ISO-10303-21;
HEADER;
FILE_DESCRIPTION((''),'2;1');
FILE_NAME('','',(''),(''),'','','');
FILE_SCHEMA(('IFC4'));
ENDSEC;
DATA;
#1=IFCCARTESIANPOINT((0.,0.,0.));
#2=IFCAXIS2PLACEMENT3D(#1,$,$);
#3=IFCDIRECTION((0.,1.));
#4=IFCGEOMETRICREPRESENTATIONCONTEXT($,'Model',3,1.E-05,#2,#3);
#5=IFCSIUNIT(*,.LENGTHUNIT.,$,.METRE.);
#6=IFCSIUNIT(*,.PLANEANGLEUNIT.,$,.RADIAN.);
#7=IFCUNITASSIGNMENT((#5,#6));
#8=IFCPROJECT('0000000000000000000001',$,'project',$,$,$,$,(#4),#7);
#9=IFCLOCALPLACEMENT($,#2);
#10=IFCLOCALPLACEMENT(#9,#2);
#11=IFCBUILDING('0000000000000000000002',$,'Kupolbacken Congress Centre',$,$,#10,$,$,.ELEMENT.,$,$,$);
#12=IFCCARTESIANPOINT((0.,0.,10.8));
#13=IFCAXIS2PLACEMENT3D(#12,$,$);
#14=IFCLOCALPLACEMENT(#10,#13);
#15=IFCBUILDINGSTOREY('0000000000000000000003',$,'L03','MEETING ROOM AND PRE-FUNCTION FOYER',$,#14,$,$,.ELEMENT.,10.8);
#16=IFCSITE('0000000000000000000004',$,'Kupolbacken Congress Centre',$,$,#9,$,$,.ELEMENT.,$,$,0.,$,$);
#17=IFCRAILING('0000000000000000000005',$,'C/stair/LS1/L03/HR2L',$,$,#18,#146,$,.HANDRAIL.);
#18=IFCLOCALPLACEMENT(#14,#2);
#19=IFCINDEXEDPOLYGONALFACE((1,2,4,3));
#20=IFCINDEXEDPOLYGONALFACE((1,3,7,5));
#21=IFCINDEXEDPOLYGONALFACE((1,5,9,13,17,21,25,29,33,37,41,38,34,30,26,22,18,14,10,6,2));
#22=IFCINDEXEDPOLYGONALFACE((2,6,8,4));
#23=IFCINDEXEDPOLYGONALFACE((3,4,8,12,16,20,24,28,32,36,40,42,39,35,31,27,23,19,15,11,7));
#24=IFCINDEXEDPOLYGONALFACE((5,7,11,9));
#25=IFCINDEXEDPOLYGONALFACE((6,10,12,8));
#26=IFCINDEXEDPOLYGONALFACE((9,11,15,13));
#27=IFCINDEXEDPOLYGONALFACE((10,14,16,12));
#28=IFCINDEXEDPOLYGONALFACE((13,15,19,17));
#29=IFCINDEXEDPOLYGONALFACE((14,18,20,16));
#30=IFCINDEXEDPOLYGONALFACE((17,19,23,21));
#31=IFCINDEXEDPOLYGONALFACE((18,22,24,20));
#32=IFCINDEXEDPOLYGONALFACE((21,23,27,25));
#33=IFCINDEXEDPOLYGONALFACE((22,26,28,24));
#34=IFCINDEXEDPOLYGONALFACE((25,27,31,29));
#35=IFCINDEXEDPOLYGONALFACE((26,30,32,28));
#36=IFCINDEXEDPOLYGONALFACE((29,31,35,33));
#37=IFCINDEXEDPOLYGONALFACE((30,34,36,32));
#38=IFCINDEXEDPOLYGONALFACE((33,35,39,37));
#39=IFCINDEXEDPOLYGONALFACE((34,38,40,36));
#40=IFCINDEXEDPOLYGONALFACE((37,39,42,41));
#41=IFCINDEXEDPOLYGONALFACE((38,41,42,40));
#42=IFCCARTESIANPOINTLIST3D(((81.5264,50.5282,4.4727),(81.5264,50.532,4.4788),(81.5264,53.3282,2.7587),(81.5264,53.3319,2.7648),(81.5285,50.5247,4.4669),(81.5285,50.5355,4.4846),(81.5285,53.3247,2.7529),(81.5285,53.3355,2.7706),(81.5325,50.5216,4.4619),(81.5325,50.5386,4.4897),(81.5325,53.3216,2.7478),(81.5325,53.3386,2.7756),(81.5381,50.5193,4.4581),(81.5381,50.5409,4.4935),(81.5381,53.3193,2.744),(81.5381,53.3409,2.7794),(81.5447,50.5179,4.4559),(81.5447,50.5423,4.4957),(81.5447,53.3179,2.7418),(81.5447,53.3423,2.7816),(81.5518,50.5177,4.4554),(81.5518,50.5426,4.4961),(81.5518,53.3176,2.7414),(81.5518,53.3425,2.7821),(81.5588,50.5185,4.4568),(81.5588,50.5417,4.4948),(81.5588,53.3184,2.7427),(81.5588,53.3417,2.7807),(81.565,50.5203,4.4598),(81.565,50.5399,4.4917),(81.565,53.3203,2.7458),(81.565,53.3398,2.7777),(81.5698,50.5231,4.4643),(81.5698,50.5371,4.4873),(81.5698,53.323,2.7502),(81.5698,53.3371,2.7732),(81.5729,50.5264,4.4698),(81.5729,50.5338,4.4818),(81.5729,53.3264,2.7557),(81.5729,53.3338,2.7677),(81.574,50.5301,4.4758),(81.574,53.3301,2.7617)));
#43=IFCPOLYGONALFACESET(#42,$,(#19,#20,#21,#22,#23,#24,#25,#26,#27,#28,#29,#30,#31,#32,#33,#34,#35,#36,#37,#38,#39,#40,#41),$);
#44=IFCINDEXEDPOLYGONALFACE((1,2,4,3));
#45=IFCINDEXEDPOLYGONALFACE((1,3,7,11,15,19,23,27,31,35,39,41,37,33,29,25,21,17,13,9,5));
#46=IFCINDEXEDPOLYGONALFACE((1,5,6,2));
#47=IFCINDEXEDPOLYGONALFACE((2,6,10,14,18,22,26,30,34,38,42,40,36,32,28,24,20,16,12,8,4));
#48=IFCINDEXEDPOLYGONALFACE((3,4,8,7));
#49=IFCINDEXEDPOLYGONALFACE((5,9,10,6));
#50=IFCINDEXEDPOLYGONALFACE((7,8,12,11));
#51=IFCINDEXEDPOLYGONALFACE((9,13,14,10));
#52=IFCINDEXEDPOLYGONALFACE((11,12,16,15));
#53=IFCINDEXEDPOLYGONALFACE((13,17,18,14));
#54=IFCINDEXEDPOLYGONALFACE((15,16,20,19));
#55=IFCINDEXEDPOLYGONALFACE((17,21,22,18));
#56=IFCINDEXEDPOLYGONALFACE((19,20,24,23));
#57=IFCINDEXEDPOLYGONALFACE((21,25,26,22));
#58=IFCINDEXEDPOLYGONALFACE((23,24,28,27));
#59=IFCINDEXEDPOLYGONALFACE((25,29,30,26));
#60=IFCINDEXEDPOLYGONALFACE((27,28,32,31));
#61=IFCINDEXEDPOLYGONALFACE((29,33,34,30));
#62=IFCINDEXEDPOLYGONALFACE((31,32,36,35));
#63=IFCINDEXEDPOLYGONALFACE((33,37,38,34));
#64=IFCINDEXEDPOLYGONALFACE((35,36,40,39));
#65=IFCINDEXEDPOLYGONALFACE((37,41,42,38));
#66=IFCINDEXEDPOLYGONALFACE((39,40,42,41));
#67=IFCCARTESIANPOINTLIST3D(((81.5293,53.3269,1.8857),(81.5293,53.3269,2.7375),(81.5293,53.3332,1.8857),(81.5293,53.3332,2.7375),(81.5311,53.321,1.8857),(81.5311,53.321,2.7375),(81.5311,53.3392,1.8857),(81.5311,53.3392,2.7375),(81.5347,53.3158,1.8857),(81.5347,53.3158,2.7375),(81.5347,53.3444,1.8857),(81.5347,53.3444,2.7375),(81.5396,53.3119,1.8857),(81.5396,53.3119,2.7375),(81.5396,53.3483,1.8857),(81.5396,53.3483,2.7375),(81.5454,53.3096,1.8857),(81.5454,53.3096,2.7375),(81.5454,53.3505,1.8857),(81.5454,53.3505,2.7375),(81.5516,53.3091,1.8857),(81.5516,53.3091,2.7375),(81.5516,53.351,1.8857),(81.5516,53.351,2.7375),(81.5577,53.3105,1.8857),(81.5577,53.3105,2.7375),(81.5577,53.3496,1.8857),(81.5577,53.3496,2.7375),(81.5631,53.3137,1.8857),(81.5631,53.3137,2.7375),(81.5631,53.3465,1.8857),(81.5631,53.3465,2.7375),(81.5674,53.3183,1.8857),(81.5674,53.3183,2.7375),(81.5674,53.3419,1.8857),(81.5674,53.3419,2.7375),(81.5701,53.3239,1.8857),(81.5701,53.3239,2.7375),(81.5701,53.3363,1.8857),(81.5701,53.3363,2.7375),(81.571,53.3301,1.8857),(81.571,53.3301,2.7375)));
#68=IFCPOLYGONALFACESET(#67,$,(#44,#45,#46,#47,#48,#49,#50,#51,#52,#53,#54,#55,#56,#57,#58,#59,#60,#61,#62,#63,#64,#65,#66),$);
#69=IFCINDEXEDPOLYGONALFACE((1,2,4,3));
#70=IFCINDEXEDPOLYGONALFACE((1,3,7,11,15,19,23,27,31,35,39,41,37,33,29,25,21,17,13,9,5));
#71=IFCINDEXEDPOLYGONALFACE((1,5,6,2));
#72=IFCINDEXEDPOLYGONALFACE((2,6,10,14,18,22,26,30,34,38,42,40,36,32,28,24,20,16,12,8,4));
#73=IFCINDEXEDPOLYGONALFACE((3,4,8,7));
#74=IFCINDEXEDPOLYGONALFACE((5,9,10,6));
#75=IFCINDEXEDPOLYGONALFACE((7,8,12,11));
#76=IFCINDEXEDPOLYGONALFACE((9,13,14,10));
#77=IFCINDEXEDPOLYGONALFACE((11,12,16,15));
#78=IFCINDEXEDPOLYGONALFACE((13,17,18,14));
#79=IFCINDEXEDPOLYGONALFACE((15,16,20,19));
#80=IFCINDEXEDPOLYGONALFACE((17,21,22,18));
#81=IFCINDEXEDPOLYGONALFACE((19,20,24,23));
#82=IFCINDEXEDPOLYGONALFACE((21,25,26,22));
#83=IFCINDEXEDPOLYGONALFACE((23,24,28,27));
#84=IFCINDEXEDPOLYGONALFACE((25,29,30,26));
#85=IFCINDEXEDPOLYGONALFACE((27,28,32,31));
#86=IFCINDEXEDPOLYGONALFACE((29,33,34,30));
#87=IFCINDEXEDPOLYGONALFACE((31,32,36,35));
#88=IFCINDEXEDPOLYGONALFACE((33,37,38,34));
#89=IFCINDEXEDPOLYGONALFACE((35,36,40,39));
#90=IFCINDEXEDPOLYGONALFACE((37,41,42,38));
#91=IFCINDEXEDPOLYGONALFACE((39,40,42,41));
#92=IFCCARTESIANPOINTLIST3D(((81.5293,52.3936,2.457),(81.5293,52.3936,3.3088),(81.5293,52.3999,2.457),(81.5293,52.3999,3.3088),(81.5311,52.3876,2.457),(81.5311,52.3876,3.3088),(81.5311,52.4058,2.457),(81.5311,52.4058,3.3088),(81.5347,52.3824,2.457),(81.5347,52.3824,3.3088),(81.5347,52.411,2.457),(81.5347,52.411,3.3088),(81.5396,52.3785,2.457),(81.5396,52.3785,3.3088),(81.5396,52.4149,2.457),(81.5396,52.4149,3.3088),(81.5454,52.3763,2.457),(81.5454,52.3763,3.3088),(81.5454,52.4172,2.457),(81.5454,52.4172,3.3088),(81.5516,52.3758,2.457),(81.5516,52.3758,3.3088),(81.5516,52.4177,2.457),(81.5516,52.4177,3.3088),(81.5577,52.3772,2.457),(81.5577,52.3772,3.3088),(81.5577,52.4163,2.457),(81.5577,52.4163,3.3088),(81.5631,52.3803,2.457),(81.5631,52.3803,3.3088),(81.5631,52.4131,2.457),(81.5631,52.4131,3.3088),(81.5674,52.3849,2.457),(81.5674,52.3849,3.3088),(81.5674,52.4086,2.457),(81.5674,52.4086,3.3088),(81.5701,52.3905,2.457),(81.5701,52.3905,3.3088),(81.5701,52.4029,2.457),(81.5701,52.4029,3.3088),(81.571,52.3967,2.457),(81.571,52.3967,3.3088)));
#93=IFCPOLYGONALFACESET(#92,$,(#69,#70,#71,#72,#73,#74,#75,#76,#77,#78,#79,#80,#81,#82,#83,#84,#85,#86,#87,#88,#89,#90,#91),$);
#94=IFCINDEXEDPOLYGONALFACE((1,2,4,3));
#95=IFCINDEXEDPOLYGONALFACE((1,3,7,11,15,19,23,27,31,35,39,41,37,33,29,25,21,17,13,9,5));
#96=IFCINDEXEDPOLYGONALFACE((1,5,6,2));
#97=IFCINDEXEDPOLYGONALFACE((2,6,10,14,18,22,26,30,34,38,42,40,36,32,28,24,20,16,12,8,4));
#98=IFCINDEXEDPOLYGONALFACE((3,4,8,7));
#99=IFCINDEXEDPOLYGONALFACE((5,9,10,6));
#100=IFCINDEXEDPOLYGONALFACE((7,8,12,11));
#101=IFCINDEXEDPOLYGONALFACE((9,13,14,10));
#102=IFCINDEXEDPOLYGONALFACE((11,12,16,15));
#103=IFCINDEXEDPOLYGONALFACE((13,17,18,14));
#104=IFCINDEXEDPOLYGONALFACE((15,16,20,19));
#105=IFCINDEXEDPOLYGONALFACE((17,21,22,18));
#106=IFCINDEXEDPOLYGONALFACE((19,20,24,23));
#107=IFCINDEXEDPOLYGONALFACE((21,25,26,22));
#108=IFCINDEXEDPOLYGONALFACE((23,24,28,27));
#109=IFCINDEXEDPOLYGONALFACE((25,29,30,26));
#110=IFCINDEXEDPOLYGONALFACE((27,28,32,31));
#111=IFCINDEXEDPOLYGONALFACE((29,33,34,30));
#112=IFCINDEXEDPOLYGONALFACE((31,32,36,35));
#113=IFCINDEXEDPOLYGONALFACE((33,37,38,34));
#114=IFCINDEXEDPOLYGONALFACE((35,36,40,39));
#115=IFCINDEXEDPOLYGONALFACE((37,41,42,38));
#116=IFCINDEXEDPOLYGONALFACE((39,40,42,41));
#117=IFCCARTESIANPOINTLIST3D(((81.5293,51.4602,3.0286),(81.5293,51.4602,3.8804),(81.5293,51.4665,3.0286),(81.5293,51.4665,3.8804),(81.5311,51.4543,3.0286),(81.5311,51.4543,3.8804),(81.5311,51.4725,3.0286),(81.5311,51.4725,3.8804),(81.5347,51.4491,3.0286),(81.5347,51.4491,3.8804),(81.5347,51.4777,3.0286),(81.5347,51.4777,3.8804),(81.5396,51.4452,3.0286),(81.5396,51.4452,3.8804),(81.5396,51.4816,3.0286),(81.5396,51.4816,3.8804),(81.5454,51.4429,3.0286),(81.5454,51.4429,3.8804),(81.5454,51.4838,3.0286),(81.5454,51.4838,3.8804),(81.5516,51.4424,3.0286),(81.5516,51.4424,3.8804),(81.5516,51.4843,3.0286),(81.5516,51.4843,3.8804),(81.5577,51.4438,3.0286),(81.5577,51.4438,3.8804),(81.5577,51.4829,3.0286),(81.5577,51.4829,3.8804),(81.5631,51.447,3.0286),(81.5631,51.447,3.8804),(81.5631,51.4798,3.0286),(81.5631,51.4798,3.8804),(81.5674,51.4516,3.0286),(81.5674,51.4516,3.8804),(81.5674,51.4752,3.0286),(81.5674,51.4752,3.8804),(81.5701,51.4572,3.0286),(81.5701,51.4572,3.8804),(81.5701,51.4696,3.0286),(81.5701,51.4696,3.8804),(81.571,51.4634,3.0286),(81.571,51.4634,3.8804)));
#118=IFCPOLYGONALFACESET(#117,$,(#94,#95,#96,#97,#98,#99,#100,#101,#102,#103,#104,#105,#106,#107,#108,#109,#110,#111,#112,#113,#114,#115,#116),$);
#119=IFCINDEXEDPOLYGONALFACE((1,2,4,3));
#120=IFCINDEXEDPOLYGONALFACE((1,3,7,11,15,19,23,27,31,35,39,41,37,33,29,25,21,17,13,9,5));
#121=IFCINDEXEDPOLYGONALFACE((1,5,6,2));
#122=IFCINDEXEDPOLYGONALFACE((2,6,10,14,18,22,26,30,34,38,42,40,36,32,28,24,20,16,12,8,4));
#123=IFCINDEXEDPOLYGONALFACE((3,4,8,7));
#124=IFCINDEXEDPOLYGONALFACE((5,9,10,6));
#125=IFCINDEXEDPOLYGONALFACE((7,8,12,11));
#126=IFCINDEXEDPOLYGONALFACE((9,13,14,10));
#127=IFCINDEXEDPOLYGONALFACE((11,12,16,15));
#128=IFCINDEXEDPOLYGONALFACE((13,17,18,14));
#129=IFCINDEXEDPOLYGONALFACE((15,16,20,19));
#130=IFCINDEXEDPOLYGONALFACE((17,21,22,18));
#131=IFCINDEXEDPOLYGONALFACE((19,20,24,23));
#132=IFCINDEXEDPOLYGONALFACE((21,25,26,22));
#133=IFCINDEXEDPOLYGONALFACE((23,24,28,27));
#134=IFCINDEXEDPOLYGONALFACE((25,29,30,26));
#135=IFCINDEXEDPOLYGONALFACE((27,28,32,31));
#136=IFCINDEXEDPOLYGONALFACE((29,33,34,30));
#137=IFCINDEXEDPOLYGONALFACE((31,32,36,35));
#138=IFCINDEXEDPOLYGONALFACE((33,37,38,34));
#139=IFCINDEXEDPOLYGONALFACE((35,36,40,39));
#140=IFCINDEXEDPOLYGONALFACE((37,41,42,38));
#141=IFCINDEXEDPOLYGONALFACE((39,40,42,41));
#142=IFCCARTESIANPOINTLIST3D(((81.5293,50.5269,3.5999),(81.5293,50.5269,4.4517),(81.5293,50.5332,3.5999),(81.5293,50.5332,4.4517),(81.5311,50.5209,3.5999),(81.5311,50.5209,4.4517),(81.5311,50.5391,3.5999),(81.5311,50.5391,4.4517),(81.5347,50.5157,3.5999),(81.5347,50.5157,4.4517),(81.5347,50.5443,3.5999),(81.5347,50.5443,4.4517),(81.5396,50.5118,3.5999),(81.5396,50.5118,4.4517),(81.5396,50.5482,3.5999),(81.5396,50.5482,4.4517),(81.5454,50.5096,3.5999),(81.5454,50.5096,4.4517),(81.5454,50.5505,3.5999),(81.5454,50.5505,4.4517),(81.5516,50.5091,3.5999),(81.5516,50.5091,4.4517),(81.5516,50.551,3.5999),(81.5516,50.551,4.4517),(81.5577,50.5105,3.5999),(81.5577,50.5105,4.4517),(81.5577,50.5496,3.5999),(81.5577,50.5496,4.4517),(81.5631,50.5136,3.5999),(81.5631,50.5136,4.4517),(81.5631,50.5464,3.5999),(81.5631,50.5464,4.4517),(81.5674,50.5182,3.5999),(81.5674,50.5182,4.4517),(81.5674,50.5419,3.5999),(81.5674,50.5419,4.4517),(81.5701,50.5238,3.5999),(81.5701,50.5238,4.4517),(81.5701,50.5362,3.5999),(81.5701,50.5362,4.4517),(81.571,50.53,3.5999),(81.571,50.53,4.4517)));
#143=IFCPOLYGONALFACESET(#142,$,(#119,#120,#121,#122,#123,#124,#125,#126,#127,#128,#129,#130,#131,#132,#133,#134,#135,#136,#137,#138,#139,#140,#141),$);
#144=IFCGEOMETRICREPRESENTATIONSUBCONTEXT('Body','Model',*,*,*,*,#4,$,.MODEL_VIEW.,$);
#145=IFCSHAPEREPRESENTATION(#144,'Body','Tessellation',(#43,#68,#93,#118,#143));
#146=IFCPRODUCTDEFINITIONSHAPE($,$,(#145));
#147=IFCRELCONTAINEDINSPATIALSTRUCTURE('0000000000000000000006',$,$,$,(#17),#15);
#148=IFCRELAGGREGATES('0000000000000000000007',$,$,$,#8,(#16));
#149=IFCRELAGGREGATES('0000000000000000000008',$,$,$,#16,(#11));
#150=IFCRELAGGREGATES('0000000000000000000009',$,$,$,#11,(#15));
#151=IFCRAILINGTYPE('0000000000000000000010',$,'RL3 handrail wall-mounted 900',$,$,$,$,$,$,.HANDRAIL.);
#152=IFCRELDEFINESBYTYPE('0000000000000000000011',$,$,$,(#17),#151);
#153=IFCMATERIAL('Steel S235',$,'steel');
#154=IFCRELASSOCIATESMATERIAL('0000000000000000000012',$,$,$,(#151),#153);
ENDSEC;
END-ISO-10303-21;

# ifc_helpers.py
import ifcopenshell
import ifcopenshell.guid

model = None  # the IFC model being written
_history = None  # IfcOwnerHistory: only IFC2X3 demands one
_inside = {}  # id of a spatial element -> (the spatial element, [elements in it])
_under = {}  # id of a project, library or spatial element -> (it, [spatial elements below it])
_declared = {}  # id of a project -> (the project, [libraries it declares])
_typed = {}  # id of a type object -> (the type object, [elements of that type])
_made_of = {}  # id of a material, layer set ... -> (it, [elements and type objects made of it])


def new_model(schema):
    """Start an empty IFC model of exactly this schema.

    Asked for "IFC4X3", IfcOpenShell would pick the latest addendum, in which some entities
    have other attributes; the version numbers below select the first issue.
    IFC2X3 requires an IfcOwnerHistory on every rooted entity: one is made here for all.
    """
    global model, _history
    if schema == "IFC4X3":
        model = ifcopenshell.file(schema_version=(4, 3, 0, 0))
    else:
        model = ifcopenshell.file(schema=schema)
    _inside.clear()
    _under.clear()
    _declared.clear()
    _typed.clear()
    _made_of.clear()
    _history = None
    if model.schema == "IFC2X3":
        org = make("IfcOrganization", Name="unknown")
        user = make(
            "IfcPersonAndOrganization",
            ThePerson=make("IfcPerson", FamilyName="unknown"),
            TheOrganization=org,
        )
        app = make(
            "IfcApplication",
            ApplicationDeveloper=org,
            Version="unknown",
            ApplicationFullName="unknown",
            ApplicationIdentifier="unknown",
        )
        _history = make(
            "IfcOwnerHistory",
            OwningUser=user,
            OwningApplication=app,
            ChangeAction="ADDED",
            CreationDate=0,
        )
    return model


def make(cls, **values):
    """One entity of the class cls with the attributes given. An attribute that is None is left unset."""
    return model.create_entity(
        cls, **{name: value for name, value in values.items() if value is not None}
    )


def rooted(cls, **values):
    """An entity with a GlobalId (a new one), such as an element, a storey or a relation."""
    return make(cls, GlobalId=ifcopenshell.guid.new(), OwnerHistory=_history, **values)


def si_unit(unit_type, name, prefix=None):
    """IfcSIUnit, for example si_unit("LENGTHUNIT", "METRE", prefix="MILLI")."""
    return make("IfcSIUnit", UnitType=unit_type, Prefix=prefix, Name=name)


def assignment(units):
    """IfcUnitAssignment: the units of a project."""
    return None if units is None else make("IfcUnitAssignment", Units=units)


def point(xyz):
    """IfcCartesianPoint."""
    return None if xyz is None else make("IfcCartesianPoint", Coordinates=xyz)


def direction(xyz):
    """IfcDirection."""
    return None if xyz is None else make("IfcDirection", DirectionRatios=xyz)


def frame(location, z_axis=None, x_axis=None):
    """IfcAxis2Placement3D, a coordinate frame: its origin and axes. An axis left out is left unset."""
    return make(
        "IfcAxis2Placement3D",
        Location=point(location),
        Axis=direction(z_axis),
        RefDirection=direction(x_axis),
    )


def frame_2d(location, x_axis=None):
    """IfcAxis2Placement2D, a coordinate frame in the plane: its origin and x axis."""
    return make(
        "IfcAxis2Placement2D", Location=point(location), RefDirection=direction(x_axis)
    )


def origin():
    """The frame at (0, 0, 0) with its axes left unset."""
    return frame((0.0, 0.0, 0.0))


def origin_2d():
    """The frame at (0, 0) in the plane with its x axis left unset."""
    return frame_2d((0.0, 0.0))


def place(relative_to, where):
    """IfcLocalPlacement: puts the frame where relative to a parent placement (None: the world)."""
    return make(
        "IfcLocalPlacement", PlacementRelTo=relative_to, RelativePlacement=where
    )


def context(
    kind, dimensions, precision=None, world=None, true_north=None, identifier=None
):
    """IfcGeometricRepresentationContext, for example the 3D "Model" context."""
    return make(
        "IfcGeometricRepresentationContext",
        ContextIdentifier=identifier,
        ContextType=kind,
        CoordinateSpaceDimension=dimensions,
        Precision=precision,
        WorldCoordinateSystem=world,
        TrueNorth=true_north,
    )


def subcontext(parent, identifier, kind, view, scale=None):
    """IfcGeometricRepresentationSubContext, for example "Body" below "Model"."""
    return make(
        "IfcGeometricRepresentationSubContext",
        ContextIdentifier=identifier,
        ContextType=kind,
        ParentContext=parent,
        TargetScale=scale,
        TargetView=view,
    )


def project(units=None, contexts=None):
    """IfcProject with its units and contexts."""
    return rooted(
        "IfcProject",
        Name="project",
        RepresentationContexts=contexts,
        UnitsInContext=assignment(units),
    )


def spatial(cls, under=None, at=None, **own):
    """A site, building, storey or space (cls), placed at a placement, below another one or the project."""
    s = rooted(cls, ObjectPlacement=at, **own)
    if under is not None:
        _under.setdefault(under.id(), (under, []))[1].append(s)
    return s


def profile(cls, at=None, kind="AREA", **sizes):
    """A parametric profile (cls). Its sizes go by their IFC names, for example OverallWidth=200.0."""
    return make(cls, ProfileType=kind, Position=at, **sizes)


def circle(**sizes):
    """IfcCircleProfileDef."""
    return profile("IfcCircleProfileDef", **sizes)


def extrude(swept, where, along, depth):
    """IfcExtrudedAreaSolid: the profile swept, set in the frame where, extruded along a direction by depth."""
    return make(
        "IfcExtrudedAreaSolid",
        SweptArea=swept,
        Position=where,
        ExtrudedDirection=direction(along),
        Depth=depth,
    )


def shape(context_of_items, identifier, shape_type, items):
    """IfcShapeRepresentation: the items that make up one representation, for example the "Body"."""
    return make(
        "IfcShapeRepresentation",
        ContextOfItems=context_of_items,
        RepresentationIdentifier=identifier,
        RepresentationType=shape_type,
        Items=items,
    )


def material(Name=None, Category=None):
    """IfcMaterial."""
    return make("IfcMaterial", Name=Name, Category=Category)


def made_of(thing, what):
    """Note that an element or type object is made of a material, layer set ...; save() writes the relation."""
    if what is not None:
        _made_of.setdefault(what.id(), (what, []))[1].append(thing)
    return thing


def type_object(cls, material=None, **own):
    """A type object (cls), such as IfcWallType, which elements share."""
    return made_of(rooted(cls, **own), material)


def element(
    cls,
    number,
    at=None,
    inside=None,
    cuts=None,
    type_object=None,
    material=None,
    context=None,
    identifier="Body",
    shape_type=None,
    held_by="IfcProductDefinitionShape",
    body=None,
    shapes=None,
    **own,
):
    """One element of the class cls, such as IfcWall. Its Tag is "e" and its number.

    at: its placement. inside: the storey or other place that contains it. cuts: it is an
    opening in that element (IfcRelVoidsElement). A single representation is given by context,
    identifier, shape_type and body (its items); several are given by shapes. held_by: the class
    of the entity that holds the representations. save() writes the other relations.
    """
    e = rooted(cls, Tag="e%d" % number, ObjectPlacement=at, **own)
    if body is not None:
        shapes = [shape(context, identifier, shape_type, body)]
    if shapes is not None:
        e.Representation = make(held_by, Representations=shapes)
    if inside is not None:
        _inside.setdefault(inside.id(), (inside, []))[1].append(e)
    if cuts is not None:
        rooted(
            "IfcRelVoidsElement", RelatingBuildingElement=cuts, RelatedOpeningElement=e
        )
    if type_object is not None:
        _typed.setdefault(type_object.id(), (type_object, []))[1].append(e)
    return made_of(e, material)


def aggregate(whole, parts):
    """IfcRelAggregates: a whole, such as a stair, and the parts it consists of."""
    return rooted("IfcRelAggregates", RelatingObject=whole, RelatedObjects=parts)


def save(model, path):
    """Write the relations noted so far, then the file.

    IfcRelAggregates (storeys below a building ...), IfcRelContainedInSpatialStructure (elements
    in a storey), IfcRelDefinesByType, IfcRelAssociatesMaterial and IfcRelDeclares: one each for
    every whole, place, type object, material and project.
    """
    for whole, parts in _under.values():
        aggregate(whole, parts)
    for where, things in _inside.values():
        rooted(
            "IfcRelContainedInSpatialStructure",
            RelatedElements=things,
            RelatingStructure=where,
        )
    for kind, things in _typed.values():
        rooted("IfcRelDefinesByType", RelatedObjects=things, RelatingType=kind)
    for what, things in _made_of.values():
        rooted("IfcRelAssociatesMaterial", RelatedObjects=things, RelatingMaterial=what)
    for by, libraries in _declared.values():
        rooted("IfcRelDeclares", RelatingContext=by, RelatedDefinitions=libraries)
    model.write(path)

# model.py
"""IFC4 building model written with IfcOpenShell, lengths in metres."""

from ifc_helpers import new_model, si_unit, direction, frame, origin, origin_2d, place, context, subcontext, project, spatial, circle, extrude, material, type_object, element, save


model = new_model("IFC4")

# Units and contexts
model_context = context("Model", 3, precision=1e-05, world=origin(), true_north=direction((0.0, 1.0)))
body_context = subcontext(model_context, "Body", "Model", "MODEL_VIEW")
ifc_project = project(units=[si_unit("LENGTHUNIT", "METRE"), si_unit("PLANEANGLEUNIT", "RADIAN")], contexts=[model_context])

# Site, building, storey
site_placement = place(None, origin())
site = spatial("IfcSite", under=ifc_project, at=site_placement, Name="Kupolbacken Congress Centre", CompositionType="ELEMENT", RefElevation=0.0)
building_placement = place(site_placement, origin())
building = spatial("IfcBuilding", under=site, at=building_placement, Name="Kupolbacken Congress Centre", CompositionType="ELEMENT")
storey_placement = place(building_placement, frame((0.0, 0.0, 10.8)))
storey = spatial("IfcBuildingStorey", under=building, at=storey_placement, Name="L03", Description="MEETING ROOM AND PRE-FUNCTION FOYER", CompositionType="ELEMENT", Elevation=10.8)

# Railing
ifc_material_1 = material(Name="Steel S235", Category="steel")
railing_type = type_object("IfcRailingType", Name="RL3 handrail wall-mounted 900", PredefinedType="HANDRAIL", material=ifc_material_1)
railing_placement = place(storey_placement, frame((81.55, 53.3301, 1.8857)))
element("IfcRailing", 1, at=railing_placement, inside=storey, type_object=railing_type, Name="C/stair/LS1/L03/HR2L", PredefinedType="HANDRAIL", context=body_context, shape_type="SweptSolid", body=[
    extrude(circle(Radius=0.0239, at=origin_2d()), frame((0.0, 0.0, 0.876), z_axis=(0.0, -0.852879, 0.522109), x_axis=(1.0, 0.0, 0.0)), (0.0, 0.0, 1.0), 3.283),
    extrude(circle(Radius=0.021, at=origin_2d()), origin(), (0.0, 0.0, 1.0), 0.8518),
    extrude(circle(Radius=0.021, at=origin_2d()), frame((0.0, -0.9333, 0.5713)), (0.0, 0.0, 1.0), 0.8518),
    extrude(circle(Radius=0.021, at=origin_2d()), frame((0.0, -1.8667, 1.1428)), (0.0, 0.0, 1.0), 0.8518),
    extrude(circle(Radius=0.021, at=origin_2d()), frame((0.0, -2.8, 1.7141)), (0.0, 0.0, 1.0), 0.8518),
])

save(model, "model.ifc")
